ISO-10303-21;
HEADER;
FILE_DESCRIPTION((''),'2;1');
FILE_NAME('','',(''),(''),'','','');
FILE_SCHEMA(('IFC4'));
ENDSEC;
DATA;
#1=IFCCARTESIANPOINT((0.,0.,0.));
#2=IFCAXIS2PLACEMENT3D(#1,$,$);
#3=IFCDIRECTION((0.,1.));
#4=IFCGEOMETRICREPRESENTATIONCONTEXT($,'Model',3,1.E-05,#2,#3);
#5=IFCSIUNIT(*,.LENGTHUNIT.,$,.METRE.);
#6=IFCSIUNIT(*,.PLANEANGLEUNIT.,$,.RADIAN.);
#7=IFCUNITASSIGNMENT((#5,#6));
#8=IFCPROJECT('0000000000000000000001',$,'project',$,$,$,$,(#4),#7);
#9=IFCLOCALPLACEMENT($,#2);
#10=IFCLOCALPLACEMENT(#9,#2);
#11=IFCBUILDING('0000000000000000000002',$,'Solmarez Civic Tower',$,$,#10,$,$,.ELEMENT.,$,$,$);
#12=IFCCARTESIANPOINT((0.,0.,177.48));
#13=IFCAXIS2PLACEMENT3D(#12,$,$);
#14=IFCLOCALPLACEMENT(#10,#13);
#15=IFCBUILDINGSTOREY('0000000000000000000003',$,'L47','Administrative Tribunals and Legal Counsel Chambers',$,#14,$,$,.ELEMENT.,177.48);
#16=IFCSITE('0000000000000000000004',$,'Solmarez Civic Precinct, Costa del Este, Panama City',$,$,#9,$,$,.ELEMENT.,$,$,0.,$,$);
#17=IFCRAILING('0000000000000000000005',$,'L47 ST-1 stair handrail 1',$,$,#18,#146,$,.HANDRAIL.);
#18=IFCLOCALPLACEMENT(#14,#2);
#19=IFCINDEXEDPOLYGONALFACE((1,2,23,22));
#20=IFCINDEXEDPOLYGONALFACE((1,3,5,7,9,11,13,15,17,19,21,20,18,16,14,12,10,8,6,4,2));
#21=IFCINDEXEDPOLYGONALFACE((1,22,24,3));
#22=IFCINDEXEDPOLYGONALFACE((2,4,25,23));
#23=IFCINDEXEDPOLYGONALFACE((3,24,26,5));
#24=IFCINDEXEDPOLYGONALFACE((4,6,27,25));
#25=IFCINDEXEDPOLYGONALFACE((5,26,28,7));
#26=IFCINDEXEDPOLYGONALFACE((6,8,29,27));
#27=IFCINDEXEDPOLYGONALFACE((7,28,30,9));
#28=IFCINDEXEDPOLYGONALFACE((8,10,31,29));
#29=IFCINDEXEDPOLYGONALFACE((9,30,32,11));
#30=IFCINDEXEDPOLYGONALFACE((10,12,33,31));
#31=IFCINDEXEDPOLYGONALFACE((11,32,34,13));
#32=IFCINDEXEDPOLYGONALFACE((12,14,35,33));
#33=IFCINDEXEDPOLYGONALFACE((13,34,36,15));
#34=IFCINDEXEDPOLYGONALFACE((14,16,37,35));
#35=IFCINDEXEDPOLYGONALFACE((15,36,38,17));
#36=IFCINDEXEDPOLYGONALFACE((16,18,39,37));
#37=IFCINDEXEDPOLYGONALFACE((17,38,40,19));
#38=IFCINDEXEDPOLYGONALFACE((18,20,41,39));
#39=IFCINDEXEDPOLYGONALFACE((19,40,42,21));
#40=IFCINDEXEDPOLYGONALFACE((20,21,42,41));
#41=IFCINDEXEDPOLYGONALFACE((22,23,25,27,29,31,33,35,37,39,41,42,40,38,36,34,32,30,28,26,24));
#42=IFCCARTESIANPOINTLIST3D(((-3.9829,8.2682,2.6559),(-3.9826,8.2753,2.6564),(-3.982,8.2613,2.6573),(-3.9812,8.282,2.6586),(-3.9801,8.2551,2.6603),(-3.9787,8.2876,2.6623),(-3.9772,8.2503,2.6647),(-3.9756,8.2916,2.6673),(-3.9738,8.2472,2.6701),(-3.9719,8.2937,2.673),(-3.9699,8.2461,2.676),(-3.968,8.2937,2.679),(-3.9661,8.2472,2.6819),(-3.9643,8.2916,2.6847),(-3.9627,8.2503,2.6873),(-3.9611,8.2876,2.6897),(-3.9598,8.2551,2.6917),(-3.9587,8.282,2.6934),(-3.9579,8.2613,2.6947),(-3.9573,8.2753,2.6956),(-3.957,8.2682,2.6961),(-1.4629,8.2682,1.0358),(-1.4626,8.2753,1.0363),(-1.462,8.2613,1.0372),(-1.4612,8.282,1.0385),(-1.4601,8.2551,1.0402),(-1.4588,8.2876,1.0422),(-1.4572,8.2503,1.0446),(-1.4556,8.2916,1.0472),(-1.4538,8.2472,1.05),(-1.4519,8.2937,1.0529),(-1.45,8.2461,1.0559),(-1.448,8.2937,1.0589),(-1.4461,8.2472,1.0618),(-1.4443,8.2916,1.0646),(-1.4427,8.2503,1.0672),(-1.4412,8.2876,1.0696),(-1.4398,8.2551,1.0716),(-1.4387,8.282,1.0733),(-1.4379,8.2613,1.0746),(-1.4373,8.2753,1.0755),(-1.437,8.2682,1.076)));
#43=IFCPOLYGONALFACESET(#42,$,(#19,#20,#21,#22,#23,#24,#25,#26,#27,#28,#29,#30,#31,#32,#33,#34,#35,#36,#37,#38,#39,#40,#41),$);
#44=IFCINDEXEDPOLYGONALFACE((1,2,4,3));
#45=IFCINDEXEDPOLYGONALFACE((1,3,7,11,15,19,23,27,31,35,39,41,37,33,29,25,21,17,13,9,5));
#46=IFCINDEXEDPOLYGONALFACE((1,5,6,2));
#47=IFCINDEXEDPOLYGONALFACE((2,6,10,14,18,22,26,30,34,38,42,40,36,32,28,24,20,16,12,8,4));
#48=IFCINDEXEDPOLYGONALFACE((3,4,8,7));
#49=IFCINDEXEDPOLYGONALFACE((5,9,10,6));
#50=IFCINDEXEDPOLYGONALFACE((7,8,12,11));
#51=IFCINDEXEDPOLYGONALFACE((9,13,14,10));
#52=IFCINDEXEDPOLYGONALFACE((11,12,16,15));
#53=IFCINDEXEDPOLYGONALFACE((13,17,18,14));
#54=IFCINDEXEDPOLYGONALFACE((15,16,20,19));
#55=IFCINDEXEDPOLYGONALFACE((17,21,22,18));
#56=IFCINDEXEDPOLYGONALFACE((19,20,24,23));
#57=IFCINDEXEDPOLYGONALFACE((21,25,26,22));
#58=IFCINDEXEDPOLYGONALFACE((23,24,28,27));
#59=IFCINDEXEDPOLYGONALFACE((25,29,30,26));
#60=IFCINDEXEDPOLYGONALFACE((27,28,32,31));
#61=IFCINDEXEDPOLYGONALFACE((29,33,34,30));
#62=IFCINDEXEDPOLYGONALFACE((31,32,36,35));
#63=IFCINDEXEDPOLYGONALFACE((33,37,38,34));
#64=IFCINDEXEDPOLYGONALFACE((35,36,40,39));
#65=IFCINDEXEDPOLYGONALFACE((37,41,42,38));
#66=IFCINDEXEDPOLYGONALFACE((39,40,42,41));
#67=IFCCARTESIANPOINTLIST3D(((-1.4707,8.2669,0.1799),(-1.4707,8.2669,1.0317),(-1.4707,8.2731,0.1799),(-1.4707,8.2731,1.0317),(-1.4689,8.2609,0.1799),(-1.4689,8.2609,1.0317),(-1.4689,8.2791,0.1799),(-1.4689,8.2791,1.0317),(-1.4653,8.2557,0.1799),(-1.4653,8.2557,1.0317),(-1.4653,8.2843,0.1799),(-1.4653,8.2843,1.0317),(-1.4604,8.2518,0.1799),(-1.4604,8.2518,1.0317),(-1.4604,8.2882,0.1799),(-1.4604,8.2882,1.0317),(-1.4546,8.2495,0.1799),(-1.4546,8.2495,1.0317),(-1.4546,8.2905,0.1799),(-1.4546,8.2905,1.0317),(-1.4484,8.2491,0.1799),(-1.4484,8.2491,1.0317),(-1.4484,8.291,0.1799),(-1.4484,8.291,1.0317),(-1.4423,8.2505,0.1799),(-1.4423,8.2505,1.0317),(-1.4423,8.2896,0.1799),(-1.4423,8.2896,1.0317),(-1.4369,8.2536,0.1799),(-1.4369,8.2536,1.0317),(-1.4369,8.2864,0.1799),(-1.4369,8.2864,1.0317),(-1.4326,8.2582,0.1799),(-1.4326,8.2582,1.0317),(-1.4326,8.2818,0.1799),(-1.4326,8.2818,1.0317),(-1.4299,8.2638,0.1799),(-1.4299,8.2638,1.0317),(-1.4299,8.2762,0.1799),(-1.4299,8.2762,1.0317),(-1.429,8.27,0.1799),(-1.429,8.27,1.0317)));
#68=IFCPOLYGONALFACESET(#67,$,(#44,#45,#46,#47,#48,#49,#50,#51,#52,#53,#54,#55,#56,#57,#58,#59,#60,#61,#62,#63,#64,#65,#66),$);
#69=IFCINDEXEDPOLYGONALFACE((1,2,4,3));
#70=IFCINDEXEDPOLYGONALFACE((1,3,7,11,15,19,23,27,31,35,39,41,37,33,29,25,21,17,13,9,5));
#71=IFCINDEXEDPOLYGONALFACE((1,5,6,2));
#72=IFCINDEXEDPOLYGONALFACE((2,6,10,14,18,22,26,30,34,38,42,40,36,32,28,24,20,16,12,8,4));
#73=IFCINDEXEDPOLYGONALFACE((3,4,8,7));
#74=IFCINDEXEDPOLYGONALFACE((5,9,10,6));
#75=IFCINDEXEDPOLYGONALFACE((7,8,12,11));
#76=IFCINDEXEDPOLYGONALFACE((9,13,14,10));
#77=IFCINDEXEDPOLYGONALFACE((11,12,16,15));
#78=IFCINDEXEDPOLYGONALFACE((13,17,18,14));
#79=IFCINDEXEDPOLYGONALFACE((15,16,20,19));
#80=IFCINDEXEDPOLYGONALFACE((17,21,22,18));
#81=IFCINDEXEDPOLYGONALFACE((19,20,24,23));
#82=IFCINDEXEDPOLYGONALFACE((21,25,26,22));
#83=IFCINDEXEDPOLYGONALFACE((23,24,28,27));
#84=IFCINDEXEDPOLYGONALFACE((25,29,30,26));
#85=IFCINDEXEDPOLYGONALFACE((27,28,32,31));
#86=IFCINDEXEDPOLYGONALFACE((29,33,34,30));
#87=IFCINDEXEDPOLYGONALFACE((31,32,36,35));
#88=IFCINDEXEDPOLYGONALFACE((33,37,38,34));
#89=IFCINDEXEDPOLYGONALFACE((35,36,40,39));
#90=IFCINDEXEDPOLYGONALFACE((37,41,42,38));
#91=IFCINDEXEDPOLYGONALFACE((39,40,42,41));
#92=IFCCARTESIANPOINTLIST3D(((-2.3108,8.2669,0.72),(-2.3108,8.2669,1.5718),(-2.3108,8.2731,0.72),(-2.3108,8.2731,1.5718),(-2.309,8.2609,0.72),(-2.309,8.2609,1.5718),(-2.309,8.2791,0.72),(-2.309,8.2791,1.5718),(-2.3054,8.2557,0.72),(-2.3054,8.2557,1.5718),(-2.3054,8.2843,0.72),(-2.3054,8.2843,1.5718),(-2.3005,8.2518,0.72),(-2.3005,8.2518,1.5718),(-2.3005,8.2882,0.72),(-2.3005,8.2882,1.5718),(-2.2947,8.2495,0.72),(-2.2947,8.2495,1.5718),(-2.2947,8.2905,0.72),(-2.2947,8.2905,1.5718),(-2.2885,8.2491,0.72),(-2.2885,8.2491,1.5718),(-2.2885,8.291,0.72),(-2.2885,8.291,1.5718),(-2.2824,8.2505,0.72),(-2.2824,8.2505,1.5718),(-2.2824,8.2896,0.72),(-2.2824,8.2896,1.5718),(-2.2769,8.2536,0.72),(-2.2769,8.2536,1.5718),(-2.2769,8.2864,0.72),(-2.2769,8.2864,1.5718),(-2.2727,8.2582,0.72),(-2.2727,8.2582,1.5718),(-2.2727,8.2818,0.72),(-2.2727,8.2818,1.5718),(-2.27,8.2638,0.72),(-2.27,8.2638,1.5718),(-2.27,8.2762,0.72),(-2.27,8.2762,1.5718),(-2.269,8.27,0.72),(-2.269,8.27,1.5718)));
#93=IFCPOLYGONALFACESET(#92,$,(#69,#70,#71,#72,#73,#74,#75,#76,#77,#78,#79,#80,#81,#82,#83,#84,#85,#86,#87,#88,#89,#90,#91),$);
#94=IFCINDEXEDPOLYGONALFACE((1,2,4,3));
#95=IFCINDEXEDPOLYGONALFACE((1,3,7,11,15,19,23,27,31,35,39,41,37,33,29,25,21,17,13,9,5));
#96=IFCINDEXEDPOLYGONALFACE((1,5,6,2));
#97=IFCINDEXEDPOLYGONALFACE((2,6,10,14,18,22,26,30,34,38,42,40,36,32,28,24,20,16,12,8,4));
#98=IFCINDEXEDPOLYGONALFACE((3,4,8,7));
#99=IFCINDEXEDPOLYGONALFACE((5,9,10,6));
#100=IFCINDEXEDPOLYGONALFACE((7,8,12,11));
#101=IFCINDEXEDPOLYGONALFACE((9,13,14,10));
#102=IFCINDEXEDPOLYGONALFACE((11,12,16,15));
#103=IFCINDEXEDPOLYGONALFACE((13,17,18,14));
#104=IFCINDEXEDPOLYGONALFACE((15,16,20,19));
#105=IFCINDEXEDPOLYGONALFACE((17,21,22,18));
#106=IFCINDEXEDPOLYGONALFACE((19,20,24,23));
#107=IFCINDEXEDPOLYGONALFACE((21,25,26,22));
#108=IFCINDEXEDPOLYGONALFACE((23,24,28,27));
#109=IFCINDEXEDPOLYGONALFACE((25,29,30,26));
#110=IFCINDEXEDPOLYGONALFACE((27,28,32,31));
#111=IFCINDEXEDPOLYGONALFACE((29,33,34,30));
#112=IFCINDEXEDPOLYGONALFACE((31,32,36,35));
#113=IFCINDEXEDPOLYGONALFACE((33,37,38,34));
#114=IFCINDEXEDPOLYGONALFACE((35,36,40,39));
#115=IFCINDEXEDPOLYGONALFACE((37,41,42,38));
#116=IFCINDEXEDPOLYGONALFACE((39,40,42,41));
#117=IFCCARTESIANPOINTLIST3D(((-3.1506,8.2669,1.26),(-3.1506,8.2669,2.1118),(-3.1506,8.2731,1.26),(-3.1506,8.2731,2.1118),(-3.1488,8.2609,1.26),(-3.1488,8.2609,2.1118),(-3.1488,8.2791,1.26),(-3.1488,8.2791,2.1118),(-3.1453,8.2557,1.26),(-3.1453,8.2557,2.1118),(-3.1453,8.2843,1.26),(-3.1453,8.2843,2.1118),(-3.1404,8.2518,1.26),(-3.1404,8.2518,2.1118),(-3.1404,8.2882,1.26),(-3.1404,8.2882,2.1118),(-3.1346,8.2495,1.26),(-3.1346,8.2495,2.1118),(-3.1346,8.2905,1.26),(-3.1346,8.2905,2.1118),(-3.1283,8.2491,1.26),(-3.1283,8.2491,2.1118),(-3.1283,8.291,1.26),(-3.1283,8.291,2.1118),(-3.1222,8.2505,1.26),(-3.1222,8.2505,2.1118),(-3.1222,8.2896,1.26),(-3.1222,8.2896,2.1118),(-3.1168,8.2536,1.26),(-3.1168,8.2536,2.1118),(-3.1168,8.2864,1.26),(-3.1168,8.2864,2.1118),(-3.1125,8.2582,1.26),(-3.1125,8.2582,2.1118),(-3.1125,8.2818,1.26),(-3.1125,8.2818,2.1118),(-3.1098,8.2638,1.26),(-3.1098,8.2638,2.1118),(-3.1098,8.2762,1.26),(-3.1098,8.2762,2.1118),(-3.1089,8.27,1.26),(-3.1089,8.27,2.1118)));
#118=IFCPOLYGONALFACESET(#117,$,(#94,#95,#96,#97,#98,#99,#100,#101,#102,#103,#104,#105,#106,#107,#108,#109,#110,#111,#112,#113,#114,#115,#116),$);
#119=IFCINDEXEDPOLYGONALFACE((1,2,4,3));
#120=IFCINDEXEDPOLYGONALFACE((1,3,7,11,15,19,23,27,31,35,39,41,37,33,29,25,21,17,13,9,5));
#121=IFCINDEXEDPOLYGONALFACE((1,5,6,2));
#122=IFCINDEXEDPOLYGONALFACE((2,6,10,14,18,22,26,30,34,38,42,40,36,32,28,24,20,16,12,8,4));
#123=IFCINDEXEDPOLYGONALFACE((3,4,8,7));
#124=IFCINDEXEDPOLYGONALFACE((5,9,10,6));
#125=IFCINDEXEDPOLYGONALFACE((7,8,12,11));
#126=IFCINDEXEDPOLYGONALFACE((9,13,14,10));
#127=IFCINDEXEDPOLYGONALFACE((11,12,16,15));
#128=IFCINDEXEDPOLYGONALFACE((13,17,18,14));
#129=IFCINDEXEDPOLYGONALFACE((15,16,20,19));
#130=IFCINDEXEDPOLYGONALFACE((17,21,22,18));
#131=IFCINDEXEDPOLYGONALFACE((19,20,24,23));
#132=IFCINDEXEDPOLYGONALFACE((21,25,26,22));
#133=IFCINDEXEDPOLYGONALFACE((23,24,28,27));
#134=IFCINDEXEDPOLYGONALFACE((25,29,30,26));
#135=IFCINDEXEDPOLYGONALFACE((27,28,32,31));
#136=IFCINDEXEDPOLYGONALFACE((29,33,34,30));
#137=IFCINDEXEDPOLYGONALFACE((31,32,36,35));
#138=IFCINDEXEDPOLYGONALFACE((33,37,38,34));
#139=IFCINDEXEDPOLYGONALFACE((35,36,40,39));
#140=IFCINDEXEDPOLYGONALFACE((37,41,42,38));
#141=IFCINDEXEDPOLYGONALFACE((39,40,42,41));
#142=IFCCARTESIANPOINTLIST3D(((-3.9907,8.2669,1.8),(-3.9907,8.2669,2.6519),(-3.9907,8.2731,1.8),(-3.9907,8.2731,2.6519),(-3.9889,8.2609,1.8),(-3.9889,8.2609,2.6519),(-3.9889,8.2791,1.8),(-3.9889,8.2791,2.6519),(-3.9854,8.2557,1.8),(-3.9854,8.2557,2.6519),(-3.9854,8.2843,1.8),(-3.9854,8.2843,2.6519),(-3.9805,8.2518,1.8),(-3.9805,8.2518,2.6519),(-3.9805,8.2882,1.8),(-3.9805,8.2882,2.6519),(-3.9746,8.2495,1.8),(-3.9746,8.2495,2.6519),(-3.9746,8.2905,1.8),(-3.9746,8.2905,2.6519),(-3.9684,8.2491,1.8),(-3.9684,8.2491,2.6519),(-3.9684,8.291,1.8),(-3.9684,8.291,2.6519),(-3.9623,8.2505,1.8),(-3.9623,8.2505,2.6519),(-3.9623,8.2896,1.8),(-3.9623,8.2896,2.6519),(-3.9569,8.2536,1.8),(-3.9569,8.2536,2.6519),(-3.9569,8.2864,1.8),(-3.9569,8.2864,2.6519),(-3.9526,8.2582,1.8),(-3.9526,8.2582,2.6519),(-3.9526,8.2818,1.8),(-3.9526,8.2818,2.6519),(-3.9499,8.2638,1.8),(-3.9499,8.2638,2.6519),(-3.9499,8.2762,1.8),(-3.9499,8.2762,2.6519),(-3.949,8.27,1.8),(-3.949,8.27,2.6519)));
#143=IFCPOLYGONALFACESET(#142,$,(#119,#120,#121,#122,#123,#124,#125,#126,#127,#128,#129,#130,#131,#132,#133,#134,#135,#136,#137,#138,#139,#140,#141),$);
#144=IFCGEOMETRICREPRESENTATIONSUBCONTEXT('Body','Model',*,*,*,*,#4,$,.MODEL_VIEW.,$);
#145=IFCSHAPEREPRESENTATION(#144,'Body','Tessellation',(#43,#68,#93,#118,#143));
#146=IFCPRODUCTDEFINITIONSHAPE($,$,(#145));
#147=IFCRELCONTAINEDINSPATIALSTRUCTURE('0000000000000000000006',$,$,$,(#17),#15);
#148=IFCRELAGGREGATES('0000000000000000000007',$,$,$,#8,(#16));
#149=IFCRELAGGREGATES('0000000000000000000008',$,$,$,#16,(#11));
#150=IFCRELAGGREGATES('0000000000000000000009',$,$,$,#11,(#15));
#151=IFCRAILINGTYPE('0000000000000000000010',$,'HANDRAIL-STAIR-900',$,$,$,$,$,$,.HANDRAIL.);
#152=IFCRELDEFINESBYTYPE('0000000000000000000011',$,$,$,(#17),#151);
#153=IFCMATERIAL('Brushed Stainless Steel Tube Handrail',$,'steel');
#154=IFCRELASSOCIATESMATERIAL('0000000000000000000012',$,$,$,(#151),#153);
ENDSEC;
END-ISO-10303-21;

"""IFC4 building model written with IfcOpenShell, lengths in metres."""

from ifc_helpers import new_model, si_unit, direction, frame, origin, origin_2d, place, context, subcontext, project, spatial, circle, extrude, material, type_object, element, save


model = new_model("IFC4")

# Units and contexts
model_context = context("Model", 3, precision=1e-05, world=origin(), true_north=direction((0.0, 1.0)))
body_context = subcontext(model_context, "Body", "Model", "MODEL_VIEW")
ifc_project = project(units=[si_unit("LENGTHUNIT", "METRE"), si_unit("PLANEANGLEUNIT", "RADIAN")], contexts=[model_context])

# Site, building, storey
site_placement = place(None, origin())
site = spatial("IfcSite", under=ifc_project, at=site_placement, Name="Solmarez Civic Precinct, Costa del Este, Panama City", CompositionType="ELEMENT", RefElevation=0.0)
building_placement = place(site_placement, origin())
building = spatial("IfcBuilding", under=site, at=building_placement, Name="Solmarez Civic Tower", CompositionType="ELEMENT")
storey_placement = place(building_placement, frame((0.0, 0.0, 177.48)))
storey = spatial("IfcBuildingStorey", under=building, at=storey_placement, Name="L47", Description="Administrative Tribunals and Legal Counsel Chambers", CompositionType="ELEMENT", Elevation=177.48)

# Railing
ifc_material_1 = material(Name="Brushed Stainless Steel Tube Handrail", Category="steel")
railing_type_1 = type_object("IfcRailingType", Name="HANDRAIL-STAIR-900", PredefinedType="HANDRAIL", material=ifc_material_1)
railing_1_placement = place(storey_placement, frame((-1.45, 8.27, 0.1799)))
element("IfcRailing", 1, at=railing_1_placement, inside=storey, type_object=railing_type_1, Name="L47 ST-1 stair handrail 1", PredefinedType="HANDRAIL", context=body_context, shape_type="SweptSolid", body=[
    extrude(circle(Radius=0.0239, at=origin_2d()), frame((0.0, 0.0, 0.876), z_axis=(-0.841163, 0.0, 0.540782), x_axis=(0.0, -1.0, 0.0)), (0.0, 0.0, 1.0), 2.9958),
    extrude(circle(Radius=0.021, at=origin_2d()), origin(), (0.0, 0.0, 1.0), 0.8518),
    extrude(circle(Radius=0.021, at=origin_2d()), frame((-0.8401, 0.0, 0.54)), (0.0, 0.0, 1.0), 0.8518),
    extrude(circle(Radius=0.021, at=origin_2d()), frame((-1.6799, 0.0, 1.0801)), (0.0, 0.0, 1.0), 0.8518),
    extrude(circle(Radius=0.021, at=origin_2d()), frame((-2.52, 0.0, 1.6201)), (0.0, 0.0, 1.0), 0.8518),
])

save(model, "model.ifc")
